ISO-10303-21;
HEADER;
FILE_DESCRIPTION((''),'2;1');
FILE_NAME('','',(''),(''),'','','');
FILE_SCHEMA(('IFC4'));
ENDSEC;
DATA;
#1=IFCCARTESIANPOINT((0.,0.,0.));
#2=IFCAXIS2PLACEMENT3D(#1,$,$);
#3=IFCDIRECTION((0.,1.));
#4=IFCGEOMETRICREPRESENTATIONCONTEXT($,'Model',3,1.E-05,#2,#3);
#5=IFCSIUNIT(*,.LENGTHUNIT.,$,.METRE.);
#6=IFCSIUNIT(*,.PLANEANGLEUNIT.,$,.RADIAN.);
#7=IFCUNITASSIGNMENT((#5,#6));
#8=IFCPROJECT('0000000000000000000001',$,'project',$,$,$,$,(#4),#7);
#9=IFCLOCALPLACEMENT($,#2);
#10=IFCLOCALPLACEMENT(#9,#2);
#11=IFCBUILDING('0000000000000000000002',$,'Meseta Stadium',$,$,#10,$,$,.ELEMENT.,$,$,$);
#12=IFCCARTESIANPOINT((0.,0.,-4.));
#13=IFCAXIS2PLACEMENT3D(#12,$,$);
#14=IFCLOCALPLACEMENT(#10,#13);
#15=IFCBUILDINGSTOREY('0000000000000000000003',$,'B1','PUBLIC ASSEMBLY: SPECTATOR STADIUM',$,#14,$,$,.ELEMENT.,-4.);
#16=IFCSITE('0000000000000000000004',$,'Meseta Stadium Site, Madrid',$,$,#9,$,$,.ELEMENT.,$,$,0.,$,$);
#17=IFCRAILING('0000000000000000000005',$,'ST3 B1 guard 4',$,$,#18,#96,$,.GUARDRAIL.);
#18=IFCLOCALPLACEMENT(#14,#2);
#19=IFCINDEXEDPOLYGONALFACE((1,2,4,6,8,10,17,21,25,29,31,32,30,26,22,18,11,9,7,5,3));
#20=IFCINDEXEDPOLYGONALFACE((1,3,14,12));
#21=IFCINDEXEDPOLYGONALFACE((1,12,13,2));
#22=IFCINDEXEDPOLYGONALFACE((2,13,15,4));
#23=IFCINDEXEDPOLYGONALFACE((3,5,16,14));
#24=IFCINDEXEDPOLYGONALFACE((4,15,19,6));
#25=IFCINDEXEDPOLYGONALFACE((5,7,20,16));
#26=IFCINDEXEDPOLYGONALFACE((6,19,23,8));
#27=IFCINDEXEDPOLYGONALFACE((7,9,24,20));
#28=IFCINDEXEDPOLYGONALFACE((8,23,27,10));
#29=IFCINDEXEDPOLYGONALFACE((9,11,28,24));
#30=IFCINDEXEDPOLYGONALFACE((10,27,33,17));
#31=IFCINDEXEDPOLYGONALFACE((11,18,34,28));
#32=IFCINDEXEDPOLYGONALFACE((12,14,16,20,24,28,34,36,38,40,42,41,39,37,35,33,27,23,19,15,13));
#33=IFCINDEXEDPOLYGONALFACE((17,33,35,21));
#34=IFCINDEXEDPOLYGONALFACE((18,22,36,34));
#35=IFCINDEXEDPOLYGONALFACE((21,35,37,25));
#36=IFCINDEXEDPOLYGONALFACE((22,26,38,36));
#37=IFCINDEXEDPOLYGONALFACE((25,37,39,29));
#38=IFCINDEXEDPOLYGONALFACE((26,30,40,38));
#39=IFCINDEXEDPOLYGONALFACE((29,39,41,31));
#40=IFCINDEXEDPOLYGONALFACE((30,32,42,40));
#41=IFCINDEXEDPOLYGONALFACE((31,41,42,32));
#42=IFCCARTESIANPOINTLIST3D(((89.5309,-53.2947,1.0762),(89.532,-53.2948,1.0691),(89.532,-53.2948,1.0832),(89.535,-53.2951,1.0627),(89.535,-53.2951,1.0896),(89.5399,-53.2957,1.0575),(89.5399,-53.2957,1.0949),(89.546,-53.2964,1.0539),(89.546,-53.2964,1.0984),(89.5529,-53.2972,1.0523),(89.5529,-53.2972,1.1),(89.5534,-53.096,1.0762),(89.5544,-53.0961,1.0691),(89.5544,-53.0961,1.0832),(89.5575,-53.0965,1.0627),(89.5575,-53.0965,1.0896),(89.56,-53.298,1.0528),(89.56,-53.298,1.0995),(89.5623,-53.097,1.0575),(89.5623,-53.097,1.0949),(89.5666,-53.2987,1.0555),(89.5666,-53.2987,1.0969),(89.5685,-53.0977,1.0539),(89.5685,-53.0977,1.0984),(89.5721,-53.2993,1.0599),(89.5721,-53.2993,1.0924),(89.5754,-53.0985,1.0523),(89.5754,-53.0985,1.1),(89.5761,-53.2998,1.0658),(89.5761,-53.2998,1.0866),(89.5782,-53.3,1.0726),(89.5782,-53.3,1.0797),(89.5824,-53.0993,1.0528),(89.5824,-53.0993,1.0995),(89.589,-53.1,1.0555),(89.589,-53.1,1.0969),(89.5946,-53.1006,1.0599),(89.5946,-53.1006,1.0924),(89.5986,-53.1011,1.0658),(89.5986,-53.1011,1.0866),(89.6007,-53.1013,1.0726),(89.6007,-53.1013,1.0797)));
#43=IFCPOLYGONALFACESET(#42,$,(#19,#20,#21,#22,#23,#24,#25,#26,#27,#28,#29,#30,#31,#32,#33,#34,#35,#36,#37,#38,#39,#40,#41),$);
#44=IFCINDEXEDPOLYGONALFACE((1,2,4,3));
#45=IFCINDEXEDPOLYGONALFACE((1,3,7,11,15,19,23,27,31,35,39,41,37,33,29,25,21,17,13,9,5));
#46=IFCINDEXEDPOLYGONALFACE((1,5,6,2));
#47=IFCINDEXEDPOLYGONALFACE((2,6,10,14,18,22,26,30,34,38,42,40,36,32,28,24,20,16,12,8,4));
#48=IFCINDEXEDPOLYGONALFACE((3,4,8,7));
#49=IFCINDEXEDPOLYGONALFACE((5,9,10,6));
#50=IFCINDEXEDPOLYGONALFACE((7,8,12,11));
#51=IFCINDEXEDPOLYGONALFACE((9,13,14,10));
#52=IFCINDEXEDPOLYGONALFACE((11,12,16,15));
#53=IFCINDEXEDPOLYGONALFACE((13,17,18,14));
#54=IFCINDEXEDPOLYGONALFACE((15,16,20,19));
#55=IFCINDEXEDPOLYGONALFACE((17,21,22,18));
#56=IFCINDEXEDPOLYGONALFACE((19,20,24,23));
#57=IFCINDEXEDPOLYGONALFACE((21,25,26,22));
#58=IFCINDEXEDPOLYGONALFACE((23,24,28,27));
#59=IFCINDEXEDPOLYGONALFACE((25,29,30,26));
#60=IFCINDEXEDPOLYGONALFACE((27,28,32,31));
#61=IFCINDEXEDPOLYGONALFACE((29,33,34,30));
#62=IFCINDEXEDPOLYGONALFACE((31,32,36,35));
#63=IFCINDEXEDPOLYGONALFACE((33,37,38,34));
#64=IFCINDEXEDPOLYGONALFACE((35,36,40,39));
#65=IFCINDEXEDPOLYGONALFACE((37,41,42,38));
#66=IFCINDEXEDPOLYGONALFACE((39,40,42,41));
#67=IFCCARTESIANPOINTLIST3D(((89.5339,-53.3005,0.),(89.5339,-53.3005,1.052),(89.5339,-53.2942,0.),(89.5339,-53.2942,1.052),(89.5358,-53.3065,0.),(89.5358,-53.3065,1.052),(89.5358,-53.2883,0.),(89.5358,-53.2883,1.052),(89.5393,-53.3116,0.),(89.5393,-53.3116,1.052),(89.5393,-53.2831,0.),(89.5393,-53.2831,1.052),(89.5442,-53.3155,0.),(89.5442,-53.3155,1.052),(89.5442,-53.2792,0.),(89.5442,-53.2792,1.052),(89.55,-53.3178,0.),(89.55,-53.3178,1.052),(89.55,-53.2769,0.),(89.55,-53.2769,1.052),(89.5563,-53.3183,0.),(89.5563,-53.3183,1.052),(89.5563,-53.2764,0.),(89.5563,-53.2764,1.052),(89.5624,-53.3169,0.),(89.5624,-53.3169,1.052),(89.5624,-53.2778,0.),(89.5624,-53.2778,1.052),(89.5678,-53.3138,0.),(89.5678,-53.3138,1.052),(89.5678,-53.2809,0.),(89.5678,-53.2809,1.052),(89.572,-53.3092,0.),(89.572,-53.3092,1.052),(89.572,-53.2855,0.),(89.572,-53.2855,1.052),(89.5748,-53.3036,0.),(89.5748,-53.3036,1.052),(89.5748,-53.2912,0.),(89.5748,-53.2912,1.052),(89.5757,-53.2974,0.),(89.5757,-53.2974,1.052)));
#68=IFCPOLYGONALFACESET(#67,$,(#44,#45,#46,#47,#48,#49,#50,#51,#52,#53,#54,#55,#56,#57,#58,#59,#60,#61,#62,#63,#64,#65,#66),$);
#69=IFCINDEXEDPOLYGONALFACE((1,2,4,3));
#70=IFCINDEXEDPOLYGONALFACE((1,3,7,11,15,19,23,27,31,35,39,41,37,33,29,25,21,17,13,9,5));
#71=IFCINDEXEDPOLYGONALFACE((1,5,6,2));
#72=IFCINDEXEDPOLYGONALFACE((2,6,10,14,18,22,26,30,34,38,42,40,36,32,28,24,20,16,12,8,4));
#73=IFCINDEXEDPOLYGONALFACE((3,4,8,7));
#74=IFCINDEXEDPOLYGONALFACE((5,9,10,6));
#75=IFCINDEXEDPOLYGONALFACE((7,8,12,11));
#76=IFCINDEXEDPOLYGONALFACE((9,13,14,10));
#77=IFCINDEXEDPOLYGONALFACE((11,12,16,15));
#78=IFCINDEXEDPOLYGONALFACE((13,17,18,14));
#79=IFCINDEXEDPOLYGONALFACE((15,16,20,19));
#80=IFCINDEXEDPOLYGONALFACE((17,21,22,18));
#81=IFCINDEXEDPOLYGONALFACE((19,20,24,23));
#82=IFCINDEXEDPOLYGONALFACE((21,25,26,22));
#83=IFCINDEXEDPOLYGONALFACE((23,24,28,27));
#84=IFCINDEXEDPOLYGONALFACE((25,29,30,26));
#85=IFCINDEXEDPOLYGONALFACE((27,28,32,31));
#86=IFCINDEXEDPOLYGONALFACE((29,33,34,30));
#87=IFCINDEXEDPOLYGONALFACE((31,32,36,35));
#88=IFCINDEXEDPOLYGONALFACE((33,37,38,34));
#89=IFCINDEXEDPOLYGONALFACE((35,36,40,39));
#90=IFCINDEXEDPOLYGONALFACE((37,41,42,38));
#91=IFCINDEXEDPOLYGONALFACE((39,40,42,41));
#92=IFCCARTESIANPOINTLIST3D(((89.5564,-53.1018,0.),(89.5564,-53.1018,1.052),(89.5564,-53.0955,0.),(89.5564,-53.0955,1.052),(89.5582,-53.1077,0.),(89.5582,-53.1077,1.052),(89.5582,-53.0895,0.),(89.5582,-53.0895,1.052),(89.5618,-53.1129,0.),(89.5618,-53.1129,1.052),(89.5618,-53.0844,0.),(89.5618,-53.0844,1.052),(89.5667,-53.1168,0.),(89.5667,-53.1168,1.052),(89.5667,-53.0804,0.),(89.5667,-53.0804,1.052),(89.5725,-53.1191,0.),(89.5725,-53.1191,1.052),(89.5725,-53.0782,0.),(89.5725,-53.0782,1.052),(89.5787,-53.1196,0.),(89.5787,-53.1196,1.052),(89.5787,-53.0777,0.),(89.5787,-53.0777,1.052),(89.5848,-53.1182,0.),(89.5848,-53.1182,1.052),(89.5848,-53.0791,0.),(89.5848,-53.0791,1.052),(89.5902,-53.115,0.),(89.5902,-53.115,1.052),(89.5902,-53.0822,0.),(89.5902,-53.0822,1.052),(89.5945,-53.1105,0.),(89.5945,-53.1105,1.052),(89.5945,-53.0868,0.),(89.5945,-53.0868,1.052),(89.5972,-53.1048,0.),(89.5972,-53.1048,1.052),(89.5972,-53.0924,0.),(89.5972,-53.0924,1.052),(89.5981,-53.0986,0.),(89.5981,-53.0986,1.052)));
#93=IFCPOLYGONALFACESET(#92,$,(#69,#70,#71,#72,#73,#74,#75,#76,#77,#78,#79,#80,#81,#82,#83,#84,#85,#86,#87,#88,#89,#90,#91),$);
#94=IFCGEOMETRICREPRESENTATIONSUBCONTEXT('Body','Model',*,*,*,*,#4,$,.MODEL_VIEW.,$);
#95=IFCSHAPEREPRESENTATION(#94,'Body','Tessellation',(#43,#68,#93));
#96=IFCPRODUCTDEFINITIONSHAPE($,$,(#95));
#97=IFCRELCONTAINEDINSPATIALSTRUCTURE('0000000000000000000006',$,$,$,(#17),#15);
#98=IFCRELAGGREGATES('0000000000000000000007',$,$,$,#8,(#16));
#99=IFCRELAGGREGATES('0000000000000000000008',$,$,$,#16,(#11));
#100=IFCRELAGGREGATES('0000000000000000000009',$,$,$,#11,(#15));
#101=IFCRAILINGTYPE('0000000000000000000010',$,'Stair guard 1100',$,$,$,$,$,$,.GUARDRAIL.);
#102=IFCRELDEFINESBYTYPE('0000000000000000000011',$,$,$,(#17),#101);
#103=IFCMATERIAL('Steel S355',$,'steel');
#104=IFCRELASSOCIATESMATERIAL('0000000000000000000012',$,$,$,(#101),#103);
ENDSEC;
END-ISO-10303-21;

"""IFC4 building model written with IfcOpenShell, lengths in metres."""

from ifc_helpers import new_model, si_unit, direction, frame, origin, origin_2d, place, context, subcontext, project, spatial, circle, extrude, material, type_object, element, save


model = new_model("IFC4")

# Units and contexts
model_context = context("Model", 3, precision=1e-05, world=origin(), true_north=direction((0.0, 1.0)))
body_context = subcontext(model_context, "Body", "Model", "MODEL_VIEW")
ifc_project = project(units=[si_unit("LENGTHUNIT", "METRE"), si_unit("PLANEANGLEUNIT", "RADIAN")], contexts=[model_context])

# Site, building, storey
site_placement = place(None, origin())
site = spatial("IfcSite", under=ifc_project, at=site_placement, Name="Meseta Stadium Site, Madrid", CompositionType="ELEMENT", RefElevation=0.0)
building_placement = place(site_placement, origin())
building = spatial("IfcBuilding", under=site, at=building_placement, Name="Meseta Stadium", CompositionType="ELEMENT")
storey_placement = place(building_placement, frame((0.0, 0.0, -4.0)))
storey = spatial("IfcBuildingStorey", under=building, at=storey_placement, Name="B1", Description="PUBLIC ASSEMBLY: SPECTATOR STADIUM", CompositionType="ELEMENT", Elevation=-4.0)

# Railing
ifc_material_1 = material(Name="Steel S355", Category="steel")
railing_type_1 = type_object("IfcRailingType", Name="Stair guard 1100", PredefinedType="GUARDRAIL", material=ifc_material_1)
railing_1_placement = place(storey_placement, frame((89.5547, -53.2974, 0.0)))
element("IfcRailing", 1, at=railing_1_placement, inside=storey, type_object=railing_type_1, Name="ST3 B1 guard 4", PredefinedType="GUARDRAIL", context=body_context, shape_type="SweptSolid", body=[
    extrude(circle(Radius=0.0239, at=origin_2d()), frame((0.0, 0.0, 1.0762), z_axis=(0.112307, 0.993674, 0.0), x_axis=(-0.993674, 0.112307, 0.0)), (0.0, 0.0, 1.0), 0.2),
    extrude(circle(Radius=0.021, at=origin_2d()), origin(), (0.0, 0.0, 1.0), 1.052),
    extrude(circle(Radius=0.021, at=origin_2d()), frame((0.0225, 0.1987, 0.0)), (0.0, 0.0, 1.0), 1.052),
])

save(model, "model.ifc")
